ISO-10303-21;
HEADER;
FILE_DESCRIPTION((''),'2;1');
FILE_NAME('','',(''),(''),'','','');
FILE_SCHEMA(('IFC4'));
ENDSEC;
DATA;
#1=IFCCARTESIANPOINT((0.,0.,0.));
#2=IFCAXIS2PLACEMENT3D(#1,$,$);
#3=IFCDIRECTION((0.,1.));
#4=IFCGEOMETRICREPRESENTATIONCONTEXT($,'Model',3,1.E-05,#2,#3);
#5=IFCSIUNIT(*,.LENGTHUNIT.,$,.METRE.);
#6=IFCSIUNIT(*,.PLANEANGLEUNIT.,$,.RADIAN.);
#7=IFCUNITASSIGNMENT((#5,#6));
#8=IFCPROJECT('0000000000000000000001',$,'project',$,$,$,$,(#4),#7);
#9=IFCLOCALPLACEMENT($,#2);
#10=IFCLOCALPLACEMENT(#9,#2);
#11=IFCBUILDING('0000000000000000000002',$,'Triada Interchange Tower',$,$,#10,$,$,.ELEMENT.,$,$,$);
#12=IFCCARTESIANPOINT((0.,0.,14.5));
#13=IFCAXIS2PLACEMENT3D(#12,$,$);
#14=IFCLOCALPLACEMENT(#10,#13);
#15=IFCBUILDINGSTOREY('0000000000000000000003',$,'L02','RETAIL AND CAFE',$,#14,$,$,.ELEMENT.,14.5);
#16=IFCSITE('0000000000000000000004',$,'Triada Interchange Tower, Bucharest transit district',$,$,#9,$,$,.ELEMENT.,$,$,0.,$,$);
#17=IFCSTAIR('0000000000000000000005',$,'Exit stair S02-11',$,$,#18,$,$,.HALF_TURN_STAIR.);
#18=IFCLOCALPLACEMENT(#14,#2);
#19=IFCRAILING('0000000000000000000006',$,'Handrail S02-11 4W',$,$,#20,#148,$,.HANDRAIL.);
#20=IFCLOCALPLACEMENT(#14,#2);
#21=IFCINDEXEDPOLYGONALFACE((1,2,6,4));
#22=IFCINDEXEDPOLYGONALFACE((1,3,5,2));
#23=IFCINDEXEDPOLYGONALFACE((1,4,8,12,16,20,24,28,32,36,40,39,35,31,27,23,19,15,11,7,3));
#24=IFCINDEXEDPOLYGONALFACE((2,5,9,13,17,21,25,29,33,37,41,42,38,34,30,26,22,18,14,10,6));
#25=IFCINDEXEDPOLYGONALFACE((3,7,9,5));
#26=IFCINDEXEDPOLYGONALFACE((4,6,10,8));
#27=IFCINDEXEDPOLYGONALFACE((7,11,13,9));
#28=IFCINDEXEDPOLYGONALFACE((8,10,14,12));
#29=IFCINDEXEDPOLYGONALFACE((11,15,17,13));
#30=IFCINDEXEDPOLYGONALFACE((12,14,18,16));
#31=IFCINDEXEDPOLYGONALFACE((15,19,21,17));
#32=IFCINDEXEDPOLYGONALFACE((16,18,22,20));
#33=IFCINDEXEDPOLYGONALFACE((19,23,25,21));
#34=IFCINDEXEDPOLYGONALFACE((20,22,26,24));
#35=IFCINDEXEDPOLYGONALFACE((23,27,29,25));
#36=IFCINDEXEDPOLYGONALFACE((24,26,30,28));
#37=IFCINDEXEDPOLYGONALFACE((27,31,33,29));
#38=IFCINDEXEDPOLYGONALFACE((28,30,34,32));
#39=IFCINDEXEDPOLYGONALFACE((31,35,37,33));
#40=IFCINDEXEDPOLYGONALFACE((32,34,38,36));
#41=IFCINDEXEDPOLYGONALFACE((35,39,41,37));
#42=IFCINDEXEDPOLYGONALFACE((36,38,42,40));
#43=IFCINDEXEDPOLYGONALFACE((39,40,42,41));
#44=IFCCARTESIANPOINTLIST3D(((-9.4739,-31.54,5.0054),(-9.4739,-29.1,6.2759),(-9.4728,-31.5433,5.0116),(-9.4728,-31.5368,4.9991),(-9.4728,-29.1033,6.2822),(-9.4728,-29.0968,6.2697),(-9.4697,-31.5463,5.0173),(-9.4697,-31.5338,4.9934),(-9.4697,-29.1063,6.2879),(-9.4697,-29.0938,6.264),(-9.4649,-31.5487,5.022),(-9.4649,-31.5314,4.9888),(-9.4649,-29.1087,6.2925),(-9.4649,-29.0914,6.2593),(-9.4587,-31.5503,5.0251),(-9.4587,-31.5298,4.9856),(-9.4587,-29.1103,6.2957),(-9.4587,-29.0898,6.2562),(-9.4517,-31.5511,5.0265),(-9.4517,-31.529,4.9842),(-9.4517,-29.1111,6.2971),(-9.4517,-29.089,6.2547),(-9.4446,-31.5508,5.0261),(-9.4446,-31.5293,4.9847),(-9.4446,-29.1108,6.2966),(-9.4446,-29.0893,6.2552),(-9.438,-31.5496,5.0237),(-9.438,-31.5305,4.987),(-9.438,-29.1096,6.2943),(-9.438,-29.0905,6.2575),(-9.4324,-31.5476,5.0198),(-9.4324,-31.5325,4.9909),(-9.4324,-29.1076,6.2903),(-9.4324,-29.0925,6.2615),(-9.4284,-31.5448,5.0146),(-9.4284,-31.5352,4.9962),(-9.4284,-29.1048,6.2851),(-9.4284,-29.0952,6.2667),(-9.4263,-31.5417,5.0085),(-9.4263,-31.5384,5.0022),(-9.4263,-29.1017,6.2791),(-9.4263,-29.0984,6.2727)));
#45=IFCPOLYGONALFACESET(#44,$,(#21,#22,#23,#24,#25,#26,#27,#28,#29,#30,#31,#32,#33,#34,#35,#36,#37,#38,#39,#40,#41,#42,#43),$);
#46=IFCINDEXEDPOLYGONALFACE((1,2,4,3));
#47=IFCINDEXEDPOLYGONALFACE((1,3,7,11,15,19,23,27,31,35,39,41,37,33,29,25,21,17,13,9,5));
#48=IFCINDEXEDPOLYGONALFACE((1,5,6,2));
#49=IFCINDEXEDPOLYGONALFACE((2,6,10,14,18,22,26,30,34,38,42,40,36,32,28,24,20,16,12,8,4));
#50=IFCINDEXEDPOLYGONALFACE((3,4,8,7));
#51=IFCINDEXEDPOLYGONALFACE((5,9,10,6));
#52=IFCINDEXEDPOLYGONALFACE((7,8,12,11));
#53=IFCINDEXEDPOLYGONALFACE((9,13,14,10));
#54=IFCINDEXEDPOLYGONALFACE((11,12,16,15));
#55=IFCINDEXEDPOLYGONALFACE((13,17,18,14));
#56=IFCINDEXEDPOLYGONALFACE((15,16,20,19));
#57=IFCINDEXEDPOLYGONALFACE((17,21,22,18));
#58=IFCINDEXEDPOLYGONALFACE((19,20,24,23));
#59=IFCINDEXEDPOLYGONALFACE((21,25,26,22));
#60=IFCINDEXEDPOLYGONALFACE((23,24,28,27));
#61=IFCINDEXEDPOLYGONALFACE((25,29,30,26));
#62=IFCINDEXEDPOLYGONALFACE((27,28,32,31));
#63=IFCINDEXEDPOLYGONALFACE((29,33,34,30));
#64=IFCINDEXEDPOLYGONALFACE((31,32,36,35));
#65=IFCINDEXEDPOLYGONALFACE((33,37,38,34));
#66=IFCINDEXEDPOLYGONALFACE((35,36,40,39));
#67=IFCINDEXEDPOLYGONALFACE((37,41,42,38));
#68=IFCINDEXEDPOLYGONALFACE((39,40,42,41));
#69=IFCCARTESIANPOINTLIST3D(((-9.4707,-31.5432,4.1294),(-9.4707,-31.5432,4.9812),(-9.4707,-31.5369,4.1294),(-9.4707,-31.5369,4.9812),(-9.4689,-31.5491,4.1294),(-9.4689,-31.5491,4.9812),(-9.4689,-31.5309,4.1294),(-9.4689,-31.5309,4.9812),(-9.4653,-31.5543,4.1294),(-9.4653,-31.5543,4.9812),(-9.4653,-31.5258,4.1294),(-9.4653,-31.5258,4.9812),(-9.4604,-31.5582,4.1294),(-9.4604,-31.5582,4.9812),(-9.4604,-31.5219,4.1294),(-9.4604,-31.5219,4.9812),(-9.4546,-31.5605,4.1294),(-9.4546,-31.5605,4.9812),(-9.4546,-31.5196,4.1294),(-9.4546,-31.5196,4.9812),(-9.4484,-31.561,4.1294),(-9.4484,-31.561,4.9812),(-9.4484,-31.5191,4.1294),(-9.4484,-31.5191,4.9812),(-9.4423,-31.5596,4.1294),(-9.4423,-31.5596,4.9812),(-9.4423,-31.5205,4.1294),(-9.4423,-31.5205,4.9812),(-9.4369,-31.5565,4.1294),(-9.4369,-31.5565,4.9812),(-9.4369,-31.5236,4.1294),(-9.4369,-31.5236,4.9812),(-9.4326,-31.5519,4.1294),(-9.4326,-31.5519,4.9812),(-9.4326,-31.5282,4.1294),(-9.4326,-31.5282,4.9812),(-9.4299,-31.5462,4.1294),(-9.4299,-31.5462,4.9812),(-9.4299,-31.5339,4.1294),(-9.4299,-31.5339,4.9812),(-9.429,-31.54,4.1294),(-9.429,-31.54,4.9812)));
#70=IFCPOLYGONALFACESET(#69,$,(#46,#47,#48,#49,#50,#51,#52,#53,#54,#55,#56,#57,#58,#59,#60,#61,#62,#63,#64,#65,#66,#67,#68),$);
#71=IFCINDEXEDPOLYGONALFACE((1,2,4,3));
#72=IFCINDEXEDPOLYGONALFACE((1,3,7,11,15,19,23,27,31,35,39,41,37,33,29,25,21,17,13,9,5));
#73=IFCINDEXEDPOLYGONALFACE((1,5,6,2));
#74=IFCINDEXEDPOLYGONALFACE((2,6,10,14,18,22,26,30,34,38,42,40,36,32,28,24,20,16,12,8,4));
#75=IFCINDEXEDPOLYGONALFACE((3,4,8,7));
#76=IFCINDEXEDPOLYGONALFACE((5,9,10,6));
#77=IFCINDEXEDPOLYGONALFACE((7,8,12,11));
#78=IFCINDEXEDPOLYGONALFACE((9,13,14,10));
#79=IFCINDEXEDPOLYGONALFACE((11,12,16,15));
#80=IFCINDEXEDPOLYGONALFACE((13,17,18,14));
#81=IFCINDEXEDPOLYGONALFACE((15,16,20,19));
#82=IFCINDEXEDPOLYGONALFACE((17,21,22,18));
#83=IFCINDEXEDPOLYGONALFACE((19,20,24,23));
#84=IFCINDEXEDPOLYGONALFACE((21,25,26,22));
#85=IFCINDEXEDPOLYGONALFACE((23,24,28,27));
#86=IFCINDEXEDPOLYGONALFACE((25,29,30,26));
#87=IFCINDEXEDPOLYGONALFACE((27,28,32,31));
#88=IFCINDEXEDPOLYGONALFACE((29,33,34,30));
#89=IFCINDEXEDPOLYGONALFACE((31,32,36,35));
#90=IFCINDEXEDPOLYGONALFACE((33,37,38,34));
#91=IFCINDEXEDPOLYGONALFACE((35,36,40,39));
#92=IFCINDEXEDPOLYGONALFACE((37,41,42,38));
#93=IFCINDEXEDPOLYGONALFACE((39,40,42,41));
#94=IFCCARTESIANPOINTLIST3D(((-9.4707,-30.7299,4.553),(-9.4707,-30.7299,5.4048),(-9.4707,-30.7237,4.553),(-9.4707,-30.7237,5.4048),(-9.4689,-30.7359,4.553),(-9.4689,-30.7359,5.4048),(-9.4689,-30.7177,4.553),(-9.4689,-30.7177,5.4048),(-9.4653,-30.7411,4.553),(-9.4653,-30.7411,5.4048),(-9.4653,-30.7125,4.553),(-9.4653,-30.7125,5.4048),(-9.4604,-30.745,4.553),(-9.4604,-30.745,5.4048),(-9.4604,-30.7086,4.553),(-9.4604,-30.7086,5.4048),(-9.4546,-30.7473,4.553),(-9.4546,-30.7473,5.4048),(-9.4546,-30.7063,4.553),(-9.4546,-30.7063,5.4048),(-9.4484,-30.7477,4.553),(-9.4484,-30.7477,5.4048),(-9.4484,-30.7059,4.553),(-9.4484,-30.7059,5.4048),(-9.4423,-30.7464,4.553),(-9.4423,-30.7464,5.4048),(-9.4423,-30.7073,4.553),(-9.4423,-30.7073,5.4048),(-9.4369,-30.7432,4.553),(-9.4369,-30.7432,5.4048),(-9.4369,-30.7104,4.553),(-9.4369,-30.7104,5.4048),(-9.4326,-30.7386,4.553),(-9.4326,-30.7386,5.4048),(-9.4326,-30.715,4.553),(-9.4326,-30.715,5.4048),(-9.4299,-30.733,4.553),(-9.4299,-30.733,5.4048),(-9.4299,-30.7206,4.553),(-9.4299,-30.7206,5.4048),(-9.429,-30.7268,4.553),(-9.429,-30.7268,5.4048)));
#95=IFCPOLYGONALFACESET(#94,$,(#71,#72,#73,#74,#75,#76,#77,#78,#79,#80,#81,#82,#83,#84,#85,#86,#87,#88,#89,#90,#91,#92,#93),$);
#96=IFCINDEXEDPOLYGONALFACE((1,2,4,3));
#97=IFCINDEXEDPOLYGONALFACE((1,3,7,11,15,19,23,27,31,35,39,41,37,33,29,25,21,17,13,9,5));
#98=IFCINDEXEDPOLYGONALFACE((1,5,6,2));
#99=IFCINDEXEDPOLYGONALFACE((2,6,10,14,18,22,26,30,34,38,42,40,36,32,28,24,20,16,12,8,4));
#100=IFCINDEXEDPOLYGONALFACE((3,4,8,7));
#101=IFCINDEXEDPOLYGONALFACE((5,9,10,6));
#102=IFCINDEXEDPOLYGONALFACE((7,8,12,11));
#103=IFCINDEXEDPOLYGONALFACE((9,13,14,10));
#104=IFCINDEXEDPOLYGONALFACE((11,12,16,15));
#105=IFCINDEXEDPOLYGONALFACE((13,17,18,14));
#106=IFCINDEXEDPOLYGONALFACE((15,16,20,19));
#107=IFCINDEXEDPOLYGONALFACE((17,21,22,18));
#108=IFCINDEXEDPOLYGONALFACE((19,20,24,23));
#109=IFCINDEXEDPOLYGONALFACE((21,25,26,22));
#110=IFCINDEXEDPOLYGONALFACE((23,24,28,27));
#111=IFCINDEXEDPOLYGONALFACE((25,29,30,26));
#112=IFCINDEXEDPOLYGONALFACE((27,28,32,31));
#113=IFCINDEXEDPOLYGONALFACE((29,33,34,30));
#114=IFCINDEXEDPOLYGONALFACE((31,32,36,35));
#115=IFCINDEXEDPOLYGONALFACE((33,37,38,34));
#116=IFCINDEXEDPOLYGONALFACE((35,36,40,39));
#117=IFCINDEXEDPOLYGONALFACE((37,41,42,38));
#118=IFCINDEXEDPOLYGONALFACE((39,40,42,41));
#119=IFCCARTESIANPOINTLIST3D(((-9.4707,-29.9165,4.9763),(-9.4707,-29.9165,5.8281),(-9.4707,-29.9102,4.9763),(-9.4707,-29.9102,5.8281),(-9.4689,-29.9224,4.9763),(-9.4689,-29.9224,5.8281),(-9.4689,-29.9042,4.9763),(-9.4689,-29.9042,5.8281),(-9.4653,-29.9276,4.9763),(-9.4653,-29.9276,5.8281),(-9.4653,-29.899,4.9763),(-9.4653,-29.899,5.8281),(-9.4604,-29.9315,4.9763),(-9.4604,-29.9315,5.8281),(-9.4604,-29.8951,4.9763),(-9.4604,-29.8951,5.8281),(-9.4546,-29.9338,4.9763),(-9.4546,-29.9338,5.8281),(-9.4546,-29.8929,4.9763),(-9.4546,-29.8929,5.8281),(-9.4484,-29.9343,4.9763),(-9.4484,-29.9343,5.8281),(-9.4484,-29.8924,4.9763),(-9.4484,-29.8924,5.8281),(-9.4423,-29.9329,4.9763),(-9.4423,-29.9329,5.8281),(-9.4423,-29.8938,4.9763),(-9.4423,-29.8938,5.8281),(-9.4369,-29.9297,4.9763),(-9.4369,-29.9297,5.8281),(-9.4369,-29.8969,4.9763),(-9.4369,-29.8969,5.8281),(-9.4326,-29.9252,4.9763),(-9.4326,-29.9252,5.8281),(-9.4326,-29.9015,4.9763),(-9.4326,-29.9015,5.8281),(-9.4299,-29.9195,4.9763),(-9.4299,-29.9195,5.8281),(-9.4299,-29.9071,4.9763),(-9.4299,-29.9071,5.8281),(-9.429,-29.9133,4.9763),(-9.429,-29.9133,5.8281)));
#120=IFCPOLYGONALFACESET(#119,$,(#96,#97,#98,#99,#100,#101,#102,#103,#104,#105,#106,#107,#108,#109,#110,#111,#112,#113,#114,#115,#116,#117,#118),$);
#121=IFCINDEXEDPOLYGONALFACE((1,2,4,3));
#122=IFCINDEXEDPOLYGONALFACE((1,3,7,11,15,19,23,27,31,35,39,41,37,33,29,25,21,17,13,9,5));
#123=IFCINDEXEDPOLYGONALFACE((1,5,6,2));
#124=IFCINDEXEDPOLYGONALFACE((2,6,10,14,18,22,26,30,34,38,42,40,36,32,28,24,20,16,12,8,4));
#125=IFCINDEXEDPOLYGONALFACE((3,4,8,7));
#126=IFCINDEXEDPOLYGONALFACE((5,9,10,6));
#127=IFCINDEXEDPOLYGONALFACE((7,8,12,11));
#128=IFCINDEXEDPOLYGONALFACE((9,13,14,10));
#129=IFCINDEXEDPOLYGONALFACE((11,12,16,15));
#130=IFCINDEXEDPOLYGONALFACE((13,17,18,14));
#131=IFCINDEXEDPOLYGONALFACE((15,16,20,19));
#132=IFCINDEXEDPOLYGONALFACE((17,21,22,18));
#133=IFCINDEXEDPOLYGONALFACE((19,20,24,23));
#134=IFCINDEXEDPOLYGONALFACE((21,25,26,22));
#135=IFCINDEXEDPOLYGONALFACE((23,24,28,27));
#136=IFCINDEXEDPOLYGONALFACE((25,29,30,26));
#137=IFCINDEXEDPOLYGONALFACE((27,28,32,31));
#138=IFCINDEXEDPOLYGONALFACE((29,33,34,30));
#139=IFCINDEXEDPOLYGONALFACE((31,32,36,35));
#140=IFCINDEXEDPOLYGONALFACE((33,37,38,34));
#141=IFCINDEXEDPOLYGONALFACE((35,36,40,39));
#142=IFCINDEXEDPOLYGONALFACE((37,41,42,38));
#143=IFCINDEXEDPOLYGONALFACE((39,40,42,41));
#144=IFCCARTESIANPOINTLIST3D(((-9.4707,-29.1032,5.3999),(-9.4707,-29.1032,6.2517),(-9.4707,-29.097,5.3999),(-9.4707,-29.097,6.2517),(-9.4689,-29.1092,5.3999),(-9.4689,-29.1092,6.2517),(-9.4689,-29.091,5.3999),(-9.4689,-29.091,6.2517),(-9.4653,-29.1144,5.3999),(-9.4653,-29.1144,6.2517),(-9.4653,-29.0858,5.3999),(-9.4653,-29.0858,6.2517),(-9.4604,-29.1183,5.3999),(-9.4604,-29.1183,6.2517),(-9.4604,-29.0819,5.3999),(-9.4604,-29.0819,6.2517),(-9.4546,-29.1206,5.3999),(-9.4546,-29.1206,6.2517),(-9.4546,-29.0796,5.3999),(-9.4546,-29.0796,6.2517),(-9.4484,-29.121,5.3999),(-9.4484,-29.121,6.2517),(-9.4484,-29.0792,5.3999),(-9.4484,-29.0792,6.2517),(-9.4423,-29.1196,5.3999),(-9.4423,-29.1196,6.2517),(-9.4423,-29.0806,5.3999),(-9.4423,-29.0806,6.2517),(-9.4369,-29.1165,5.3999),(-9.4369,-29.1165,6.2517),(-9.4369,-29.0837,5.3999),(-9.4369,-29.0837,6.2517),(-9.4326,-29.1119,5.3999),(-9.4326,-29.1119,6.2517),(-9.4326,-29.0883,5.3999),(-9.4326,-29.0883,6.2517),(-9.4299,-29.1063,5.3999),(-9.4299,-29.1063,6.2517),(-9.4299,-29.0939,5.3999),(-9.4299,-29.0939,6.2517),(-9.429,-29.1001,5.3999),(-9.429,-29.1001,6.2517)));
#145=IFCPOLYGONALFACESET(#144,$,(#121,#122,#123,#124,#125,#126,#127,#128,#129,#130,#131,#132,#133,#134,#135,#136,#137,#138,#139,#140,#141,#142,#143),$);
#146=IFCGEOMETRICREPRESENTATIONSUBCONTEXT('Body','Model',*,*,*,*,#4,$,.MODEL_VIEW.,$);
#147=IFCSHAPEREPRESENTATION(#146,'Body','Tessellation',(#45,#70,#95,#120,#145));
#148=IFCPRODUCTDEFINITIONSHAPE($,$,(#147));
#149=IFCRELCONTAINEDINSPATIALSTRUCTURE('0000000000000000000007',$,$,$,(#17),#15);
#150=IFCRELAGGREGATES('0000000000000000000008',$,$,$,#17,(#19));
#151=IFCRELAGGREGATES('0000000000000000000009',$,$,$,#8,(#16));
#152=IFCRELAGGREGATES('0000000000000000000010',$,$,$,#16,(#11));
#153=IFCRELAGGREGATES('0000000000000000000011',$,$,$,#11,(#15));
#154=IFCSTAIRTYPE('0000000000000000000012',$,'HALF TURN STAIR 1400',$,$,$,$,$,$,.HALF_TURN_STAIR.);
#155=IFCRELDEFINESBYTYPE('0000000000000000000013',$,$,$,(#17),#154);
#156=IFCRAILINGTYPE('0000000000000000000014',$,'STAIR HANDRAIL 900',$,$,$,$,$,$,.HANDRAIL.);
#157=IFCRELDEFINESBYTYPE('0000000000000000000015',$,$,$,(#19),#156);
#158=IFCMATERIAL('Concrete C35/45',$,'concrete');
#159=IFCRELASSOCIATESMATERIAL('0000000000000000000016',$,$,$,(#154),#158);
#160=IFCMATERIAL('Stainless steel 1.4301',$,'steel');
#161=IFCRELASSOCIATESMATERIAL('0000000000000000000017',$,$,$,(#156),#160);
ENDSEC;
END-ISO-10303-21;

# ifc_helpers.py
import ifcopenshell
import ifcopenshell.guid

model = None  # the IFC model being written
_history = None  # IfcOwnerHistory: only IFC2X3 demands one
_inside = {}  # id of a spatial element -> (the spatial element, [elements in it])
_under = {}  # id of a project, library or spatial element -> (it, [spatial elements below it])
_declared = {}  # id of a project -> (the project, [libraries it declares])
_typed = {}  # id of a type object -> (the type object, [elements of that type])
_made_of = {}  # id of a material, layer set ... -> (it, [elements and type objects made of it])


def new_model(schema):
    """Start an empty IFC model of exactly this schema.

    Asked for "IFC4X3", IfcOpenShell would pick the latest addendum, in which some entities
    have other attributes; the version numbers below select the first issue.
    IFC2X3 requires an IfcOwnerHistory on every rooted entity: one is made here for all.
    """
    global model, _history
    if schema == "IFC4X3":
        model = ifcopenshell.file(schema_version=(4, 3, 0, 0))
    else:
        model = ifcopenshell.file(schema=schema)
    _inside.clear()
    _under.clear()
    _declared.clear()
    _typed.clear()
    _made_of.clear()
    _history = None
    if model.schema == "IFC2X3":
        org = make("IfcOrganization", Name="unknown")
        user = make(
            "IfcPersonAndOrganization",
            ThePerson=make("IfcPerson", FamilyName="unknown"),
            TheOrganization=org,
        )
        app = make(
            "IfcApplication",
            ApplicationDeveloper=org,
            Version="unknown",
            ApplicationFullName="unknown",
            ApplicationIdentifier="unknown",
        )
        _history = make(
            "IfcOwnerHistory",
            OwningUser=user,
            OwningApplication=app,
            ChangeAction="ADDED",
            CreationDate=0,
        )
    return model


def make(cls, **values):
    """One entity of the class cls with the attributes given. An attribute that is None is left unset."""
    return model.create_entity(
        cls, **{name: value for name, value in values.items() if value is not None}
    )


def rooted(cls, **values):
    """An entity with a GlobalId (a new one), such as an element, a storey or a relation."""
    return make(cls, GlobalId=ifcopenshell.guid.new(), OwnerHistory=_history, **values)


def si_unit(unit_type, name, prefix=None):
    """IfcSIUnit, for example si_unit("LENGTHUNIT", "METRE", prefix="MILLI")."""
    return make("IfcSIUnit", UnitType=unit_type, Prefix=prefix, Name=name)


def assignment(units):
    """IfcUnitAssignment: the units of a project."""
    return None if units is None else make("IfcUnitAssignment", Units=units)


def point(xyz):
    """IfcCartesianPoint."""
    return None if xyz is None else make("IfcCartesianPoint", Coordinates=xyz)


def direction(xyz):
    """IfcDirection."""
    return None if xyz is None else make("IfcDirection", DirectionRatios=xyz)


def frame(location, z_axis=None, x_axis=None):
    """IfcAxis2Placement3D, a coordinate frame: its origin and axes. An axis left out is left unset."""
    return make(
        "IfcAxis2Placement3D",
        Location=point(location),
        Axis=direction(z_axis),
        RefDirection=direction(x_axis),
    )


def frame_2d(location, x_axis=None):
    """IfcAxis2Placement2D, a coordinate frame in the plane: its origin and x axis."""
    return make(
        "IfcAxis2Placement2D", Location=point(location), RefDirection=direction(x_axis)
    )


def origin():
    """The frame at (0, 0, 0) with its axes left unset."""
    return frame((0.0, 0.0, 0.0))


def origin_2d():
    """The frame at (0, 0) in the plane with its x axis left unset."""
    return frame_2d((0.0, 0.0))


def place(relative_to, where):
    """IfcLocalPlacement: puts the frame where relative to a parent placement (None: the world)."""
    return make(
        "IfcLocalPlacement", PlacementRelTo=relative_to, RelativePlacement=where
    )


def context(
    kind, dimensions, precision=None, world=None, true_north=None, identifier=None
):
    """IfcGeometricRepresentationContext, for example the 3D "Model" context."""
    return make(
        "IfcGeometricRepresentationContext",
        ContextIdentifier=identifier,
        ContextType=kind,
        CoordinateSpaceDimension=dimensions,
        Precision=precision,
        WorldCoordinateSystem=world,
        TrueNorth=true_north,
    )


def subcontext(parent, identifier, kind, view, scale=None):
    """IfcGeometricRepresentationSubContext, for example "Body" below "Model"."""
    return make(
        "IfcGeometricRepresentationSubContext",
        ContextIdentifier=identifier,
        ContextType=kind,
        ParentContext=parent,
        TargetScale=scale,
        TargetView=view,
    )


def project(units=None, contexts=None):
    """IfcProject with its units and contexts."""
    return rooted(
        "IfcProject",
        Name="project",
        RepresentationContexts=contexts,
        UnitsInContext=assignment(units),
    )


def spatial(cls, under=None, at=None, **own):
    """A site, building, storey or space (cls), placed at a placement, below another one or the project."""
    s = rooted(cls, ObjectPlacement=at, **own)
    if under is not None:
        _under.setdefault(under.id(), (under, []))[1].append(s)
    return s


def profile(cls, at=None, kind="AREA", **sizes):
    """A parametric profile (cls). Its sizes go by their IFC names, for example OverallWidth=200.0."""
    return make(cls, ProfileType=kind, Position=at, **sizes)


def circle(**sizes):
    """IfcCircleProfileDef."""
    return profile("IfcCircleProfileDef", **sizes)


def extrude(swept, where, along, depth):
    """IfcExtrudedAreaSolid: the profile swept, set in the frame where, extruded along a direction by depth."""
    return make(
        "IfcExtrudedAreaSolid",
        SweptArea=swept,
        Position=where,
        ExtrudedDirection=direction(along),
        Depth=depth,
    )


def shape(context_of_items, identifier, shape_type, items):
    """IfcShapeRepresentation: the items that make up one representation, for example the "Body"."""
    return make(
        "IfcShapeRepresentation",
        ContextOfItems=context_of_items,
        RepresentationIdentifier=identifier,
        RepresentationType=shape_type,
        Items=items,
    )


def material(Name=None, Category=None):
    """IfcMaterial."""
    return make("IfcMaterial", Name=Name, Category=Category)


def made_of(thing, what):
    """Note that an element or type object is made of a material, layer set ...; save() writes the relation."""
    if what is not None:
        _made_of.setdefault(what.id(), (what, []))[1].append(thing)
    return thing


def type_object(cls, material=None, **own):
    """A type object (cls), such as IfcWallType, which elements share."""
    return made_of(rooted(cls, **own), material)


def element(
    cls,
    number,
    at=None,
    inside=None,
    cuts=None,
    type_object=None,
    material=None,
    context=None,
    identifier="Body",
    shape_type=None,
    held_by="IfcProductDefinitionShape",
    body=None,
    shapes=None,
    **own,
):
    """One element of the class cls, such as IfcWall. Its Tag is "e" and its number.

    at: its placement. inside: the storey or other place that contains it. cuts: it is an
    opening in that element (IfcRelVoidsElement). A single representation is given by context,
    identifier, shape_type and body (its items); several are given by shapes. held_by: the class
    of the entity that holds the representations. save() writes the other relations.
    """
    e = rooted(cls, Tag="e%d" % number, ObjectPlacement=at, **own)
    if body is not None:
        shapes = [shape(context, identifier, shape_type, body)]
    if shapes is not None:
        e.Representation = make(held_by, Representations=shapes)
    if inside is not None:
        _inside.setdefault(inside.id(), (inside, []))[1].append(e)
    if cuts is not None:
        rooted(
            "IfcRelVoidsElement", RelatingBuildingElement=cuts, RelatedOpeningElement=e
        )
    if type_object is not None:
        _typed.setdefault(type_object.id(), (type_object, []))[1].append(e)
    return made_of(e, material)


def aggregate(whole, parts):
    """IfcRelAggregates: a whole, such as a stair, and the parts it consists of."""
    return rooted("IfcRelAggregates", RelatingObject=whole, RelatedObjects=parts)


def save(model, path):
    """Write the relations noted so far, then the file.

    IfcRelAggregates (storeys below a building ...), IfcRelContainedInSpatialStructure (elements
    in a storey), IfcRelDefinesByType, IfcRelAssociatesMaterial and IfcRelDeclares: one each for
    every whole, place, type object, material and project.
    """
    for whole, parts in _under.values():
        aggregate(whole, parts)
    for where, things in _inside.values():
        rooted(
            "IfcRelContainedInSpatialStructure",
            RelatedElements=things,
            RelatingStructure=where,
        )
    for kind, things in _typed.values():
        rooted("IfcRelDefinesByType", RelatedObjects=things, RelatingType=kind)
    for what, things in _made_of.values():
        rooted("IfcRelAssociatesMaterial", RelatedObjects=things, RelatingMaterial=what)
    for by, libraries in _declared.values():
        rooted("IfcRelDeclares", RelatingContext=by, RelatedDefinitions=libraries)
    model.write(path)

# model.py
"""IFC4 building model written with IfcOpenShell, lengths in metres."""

from ifc_helpers import new_model, si_unit, direction, frame, origin, origin_2d, place, context, subcontext, project, spatial, circle, extrude, material, type_object, element, aggregate, save


model = new_model("IFC4")

# Units and contexts
model_context = context("Model", 3, precision=1e-05, world=origin(), true_north=direction((0.0, 1.0)))
body_context = subcontext(model_context, "Body", "Model", "MODEL_VIEW")
ifc_project = project(units=[si_unit("LENGTHUNIT", "METRE"), si_unit("PLANEANGLEUNIT", "RADIAN")], contexts=[model_context])

# Site, building, storey
site_placement = place(None, origin())
site = spatial("IfcSite", under=ifc_project, at=site_placement, Name="Triada Interchange Tower, Bucharest transit district", CompositionType="ELEMENT", RefElevation=0.0)
building_placement = place(site_placement, origin())
building = spatial("IfcBuilding", under=site, at=building_placement, Name="Triada Interchange Tower", CompositionType="ELEMENT")
storey_placement = place(building_placement, frame((0.0, 0.0, 14.5)))
storey = spatial("IfcBuildingStorey", under=building, at=storey_placement, Name="L02", Description="RETAIL AND CAFE", CompositionType="ELEMENT", Elevation=14.5)

# Shared definitions
ifc_material_1 = material(Name="Concrete C35/45", Category="concrete")

# Stair
stair_type = type_object("IfcStairType", Name="HALF TURN STAIR 1400", PredefinedType="HALF_TURN_STAIR", material=ifc_material_1)
stair_placement = place(storey_placement, origin())
stair = element("IfcStair", 1, at=stair_placement, inside=storey, type_object=stair_type, Name="Exit stair S02-11", PredefinedType="HALF_TURN_STAIR")

# Railing
ifc_material_2 = material(Name="Stainless steel 1.4301", Category="steel")
railing_type_1 = type_object("IfcRailingType", Name="STAIR HANDRAIL 900", PredefinedType="HANDRAIL", material=ifc_material_2)
railing_1_placement = place(storey_placement, frame((-9.45, -31.54, 4.1294)))
railing_1 = element("IfcRailing", 2, at=railing_1_placement, type_object=railing_type_1, Name="Handrail S02-11 4W", PredefinedType="HANDRAIL", context=body_context, shape_type="SweptSolid", body=[
    extrude(circle(Radius=0.0239, at=origin_2d()), frame((0.0, 0.0, 0.876), z_axis=(0.0, 0.886958, 0.46185), x_axis=(-1.0, 0.0, 0.0)), (0.0, 0.0, 1.0), 2.751),
    extrude(circle(Radius=0.021, at=origin_2d()), origin(), (0.0, 0.0, 1.0), 0.8518),
    extrude(circle(Radius=0.021, at=origin_2d()), frame((0.0, 0.8132, 0.4236)), (0.0, 0.0, 1.0), 0.8518),
    extrude(circle(Radius=0.021, at=origin_2d()), frame((0.0, 1.6267, 0.8469)), (0.0, 0.0, 1.0), 0.8518),
    extrude(circle(Radius=0.021, at=origin_2d()), frame((0.0, 2.4399, 1.2705)), (0.0, 0.0, 1.0), 0.8518),
])
aggregate(stair, [railing_1])

save(model, "model.ifc")
